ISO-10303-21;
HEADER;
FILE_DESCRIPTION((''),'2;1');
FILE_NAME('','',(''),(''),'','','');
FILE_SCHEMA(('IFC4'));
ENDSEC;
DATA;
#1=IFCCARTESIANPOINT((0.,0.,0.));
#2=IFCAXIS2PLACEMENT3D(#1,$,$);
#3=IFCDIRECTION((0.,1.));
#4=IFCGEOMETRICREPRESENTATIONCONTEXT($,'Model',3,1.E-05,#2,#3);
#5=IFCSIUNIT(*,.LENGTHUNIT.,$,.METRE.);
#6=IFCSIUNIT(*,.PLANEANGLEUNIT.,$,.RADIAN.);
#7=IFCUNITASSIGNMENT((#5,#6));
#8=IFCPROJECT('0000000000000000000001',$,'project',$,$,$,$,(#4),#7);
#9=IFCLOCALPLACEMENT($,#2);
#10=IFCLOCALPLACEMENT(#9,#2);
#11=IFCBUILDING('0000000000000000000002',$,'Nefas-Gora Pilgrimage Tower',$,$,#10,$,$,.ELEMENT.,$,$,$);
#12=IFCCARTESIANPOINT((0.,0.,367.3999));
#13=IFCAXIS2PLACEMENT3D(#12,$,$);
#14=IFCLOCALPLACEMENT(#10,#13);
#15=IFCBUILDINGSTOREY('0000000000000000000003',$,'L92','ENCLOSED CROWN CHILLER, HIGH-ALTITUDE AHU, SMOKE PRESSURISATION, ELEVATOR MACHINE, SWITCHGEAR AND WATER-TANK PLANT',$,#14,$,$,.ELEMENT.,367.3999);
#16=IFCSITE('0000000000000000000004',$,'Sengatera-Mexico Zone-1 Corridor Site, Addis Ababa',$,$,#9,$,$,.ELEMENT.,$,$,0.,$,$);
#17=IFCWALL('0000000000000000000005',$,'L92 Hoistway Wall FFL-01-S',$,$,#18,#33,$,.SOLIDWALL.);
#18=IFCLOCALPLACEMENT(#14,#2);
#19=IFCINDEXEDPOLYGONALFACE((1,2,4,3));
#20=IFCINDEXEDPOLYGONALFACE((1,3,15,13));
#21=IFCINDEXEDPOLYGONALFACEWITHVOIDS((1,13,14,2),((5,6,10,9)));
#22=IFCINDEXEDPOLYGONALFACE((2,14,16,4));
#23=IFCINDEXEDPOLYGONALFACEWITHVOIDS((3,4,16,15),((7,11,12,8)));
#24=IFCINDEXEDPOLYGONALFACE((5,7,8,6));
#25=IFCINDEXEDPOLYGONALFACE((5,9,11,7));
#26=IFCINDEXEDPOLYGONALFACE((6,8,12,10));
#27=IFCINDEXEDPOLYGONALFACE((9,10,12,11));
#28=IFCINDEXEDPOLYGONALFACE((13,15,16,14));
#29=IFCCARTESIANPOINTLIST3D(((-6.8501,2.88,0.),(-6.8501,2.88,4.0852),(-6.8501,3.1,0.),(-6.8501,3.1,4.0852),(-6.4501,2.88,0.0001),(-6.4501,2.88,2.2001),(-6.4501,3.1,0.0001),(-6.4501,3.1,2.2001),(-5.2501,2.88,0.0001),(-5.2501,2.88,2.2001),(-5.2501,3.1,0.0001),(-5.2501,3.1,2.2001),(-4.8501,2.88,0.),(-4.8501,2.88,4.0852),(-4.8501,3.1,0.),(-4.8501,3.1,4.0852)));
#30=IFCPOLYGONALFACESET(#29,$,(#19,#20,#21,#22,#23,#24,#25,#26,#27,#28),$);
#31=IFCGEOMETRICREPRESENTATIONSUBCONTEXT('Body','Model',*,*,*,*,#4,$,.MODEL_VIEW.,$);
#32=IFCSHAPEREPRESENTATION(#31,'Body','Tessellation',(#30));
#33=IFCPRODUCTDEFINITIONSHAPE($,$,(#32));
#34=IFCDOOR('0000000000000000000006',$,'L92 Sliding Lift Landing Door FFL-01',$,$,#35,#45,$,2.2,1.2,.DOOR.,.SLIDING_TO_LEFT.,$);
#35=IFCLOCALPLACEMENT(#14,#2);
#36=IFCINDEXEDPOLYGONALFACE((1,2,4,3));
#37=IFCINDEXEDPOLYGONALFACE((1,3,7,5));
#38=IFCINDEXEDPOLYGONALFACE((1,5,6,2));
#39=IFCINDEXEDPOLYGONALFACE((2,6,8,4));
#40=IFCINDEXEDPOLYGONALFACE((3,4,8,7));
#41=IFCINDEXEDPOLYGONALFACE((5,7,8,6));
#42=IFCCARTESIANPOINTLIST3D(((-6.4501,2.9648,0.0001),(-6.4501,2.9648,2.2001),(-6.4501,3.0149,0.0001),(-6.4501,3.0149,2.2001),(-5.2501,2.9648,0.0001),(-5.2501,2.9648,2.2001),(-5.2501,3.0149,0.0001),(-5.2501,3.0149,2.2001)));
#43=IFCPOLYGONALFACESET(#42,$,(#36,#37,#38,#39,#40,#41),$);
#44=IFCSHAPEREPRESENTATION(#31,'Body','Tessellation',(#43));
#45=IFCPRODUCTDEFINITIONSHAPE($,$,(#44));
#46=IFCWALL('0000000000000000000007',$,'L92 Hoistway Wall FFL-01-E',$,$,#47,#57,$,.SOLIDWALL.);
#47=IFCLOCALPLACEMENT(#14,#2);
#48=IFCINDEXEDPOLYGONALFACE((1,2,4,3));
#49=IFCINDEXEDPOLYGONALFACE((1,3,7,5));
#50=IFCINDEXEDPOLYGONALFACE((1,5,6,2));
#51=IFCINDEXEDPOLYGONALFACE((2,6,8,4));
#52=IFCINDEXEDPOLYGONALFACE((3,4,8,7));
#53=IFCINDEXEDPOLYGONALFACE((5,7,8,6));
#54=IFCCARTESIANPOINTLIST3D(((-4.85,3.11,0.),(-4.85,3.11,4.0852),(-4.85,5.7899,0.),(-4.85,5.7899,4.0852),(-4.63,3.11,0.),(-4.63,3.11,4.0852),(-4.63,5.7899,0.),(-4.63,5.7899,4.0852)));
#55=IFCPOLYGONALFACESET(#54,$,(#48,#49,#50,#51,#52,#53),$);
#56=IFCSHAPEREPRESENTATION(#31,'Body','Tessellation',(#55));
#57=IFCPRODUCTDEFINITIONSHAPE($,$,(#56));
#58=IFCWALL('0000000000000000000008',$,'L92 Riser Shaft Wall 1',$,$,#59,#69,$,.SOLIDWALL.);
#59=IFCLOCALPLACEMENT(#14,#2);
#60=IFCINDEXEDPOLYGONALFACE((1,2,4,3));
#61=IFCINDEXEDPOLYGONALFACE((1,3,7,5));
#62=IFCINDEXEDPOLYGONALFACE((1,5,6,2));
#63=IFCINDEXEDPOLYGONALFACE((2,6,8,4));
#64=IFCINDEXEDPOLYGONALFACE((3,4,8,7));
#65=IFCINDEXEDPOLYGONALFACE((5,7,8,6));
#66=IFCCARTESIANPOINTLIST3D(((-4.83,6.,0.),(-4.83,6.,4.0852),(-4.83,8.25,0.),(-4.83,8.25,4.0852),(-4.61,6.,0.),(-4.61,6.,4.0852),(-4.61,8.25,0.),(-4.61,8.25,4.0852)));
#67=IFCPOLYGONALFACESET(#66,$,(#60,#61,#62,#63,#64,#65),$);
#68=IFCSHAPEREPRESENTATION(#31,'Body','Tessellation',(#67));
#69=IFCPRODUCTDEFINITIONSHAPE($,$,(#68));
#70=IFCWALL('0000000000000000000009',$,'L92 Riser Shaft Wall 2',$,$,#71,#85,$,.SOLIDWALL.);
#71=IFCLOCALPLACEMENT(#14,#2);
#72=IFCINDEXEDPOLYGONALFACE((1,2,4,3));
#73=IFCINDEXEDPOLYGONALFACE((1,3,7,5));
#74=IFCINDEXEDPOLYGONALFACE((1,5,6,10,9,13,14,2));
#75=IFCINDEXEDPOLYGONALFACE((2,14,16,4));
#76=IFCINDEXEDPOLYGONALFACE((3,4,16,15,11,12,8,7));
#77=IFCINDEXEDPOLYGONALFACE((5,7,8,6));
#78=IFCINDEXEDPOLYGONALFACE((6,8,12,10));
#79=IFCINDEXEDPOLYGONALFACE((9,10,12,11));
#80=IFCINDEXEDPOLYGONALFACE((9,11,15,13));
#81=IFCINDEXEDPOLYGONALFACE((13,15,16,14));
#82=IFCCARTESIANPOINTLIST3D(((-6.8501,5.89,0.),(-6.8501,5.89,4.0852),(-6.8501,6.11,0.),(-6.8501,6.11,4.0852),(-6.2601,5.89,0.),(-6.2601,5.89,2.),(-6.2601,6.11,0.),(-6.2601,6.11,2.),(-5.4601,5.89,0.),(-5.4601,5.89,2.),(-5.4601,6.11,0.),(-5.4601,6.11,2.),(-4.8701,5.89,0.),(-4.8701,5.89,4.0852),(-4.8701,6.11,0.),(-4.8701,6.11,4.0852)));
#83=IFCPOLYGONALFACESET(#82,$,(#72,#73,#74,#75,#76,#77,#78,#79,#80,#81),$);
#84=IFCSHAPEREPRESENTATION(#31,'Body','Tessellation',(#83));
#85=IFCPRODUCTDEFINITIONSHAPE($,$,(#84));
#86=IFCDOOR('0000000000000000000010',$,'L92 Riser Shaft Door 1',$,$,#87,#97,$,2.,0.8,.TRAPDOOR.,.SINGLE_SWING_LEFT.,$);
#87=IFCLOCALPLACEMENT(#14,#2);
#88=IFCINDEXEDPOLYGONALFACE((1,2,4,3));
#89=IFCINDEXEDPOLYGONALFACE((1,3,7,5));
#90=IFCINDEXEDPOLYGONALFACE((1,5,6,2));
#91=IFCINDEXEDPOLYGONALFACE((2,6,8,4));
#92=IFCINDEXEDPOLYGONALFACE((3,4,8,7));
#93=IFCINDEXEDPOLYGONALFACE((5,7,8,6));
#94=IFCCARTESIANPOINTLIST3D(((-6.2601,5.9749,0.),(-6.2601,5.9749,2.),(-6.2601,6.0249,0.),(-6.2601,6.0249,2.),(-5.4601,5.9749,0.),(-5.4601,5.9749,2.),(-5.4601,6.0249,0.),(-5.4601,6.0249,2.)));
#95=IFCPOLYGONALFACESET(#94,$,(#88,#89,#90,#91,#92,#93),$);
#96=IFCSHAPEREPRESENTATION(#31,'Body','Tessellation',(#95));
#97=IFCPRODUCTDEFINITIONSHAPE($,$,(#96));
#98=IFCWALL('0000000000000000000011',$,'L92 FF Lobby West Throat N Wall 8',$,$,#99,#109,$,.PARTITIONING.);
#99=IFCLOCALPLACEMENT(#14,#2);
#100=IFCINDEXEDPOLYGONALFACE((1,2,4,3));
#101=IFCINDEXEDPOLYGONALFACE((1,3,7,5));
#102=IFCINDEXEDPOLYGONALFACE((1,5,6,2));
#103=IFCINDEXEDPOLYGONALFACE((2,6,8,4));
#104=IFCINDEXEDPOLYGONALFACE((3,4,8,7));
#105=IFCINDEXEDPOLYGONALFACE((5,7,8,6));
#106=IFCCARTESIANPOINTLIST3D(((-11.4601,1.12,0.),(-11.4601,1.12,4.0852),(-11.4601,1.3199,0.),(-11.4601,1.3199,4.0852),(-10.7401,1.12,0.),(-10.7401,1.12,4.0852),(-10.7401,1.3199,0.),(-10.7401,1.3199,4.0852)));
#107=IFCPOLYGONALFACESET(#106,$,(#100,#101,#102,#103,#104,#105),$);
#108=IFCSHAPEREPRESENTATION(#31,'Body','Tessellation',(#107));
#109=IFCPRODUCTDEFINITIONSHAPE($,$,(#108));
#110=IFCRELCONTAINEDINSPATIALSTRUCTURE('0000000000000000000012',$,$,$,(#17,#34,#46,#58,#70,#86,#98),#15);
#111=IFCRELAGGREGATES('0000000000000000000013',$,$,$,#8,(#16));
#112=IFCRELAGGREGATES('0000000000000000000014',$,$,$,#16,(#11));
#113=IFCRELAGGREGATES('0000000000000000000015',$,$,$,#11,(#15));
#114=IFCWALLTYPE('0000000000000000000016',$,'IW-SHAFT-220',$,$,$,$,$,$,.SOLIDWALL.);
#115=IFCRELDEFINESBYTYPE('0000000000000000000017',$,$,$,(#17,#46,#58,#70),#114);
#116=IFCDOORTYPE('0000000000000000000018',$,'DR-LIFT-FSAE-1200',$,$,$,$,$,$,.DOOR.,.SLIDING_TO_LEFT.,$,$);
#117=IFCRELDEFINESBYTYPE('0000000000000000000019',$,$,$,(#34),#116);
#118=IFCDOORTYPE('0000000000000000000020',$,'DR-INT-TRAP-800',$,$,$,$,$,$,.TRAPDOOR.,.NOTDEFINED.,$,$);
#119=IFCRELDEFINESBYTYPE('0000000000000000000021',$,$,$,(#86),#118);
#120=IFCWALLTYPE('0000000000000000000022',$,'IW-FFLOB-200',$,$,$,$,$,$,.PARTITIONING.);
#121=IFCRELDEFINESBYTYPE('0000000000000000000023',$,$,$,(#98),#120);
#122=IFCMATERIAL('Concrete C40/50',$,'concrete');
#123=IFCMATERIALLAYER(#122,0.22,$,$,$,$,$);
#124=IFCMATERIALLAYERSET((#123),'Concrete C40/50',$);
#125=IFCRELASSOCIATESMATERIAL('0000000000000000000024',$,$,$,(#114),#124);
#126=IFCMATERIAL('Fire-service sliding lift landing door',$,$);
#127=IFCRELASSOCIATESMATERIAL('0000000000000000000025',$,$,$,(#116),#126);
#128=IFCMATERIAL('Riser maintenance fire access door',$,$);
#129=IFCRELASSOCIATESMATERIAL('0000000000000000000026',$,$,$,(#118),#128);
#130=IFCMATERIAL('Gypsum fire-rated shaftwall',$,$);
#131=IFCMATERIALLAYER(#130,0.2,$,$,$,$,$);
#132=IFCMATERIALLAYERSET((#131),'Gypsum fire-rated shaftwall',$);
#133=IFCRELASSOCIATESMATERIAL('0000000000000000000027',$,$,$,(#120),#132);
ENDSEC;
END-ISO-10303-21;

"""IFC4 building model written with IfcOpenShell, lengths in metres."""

from ifc_helpers import new_model, si_unit, direction, frame, frame_2d, origin, place, context, subcontext, project, spatial, rectangle, extrude, source, transform, mapped, material, layer, layer_set, type_object, element, fill, save


model = new_model("IFC4")

# Units and contexts
model_context = context("Model", 3, precision=1e-05, world=origin(), true_north=direction((0.0, 1.0)))
body_context = subcontext(model_context, "Body", "Model", "MODEL_VIEW")
ifc_project = project(units=[si_unit("LENGTHUNIT", "METRE"), si_unit("PLANEANGLEUNIT", "RADIAN")], contexts=[model_context])

# Site, building, storey
site_placement = place(None, origin())
site = spatial("IfcSite", under=ifc_project, at=site_placement, Name="Sengatera-Mexico Zone-1 Corridor Site, Addis Ababa", CompositionType="ELEMENT", RefElevation=0.0)
building_placement = place(site_placement, origin())
building = spatial("IfcBuilding", under=site, at=building_placement, Name="Nefas-Gora Pilgrimage Tower", CompositionType="ELEMENT")
storey_placement = place(building_placement, frame((0.0, 0.0, 367.3999)))
storey = spatial("IfcBuildingStorey", under=building, at=storey_placement, Name="L92", Description="ENCLOSED CROWN CHILLER, HIGH-ALTITUDE AHU, SMOKE PRESSURISATION, ELEVATOR MACHINE, SWITCHGEAR AND WATER-TANK PLANT", CompositionType="ELEMENT", Elevation=367.3999)

# Wall, opening, door
ifc_material_1 = material(Name="Concrete C40/50", Category="concrete")
ifc_layer_1 = layer(ifc_material_1, 0.22)
ifc_layer_set_1 = layer_set([ifc_layer_1], Name="Concrete C40/50")
wall_type_1 = type_object("IfcWallType", Name="IW-SHAFT-220", PredefinedType="SOLIDWALL", material=ifc_layer_set_1)
shared_shape_1 = source(origin(), body_context, "Body", "SweptSolid", [
    extrude(rectangle(XDim=2.0, YDim=0.22, at=frame_2d((1.0, 0.0))), origin(), (0.0, 0.0, 1.0), 4.0852),
])
wall_1_placement = place(storey_placement, frame((-6.8501, 2.99, 0.0), z_axis=(0.0, 0.0, 1.0), x_axis=(1.0, 0.0, 0.0)))
wall_1 = element("IfcWall", 1, at=wall_1_placement, inside=storey, type_object=wall_type_1, Name="L92 Hoistway Wall FFL-01-S", PredefinedType="SOLIDWALL", context=body_context, shape_type="MappedRepresentation", body=[
    mapped(shared_shape_1, transform((0.0, 0.0, 0.0), x_axis=(1.0, 0.0, 0.0), y_axis=(0.0, 1.0, 0.0), z_axis=(0.0, 0.0, 1.0), scale=1.0)),
])
opening_1_placement = place(wall_1_placement, frame((0.3999, 0.0, 0.0)))
opening_1 = element("IfcOpeningElement", 2, at=opening_1_placement, cuts=wall_1, PredefinedType="OPENING", context=body_context, shape_type="SweptSolid", body=[
    extrude(rectangle(XDim=1.2, YDim=2.2, at=frame_2d((0.6001, 1.1001))), frame((0.0, 0.1199, 0.0), z_axis=(0.0, -1.0, 0.0), x_axis=(1.0, 0.0, 0.0)), (0.0, 0.0, 1.0), 0.24),
])
ifc_material_2 = material(Name="Fire-service sliding lift landing door")
door_type_1 = type_object("IfcDoorType", Name="DR-LIFT-FSAE-1200", OperationType="SLIDING_TO_LEFT", PredefinedType="DOOR", material=ifc_material_2)
shared_shape_2 = source(origin(), body_context, "Body", "SweptSolid", [
    extrude(rectangle(XDim=1.2, YDim=2.2, at=frame_2d((0.6001, 1.1001))), frame((0.0, 0.0249, 0.0), z_axis=(0.0, -1.0, 0.0), x_axis=(1.0, 0.0, 0.0)), (0.0, 0.0, 1.0), 0.05),
])
door_1_placement = place(opening_1_placement, origin())
door_1 = element("IfcDoor", 3, at=door_1_placement, inside=storey, type_object=door_type_1, Name="L92 Sliding Lift Landing Door FFL-01", OperationType="SLIDING_TO_LEFT", OverallHeight=2.2, OverallWidth=1.2, PredefinedType="DOOR", context=body_context, shape_type="MappedRepresentation", body=[
    mapped(shared_shape_2, transform((0.0, 0.0, 0.0), x_axis=(1.0, 0.0, 0.0), y_axis=(0.0, 1.0, 0.0), z_axis=(0.0, 0.0, 1.0), scale=1.0)),
])
fill(opening_1, door_1)

# Walls
shared_shape_3 = source(origin(), body_context, "Body", "SweptSolid", [
    extrude(rectangle(XDim=2.6799, YDim=0.22, at=frame_2d((1.3398, 0.0))), origin(), (0.0, 0.0, 1.0), 4.0852),
])
wall_2_placement = place(storey_placement, frame((-4.74, 3.1101, 0.0), z_axis=(0.0, 0.0, 1.0), x_axis=(0.0, 1.0, 0.0)))
element("IfcWall", 4, at=wall_2_placement, inside=storey, type_object=wall_type_1, Name="L92 Hoistway Wall FFL-01-E", PredefinedType="SOLIDWALL", context=body_context, shape_type="MappedRepresentation", body=[
    mapped(shared_shape_3, transform((0.0, 0.0, 0.0), x_axis=(1.0, 0.0, 0.0), y_axis=(0.0, 1.0, 0.0), z_axis=(0.0, 0.0, 1.0), scale=1.0)),
])
shared_shape_4 = source(origin(), body_context, "Body", "SweptSolid", [
    extrude(rectangle(XDim=2.25, YDim=0.22, at=frame_2d((1.125, 0.0))), origin(), (0.0, 0.0, 1.0), 4.0852),
])
wall_3_placement = place(storey_placement, frame((-4.72, 6.0, 0.0), z_axis=(0.0, 0.0, 1.0), x_axis=(0.0, 1.0, 0.0)))
element("IfcWall", 5, at=wall_3_placement, inside=storey, type_object=wall_type_1, Name="L92 Riser Shaft Wall 1", PredefinedType="SOLIDWALL", context=body_context, shape_type="MappedRepresentation", body=[
    mapped(shared_shape_4, transform((0.0, 0.0, 0.0), x_axis=(1.0, 0.0, 0.0), y_axis=(0.0, 1.0, 0.0), z_axis=(0.0, 0.0, 1.0), scale=1.0)),
])

# Wall, opening, door
shared_shape_5 = source(origin(), body_context, "Body", "SweptSolid", [
    extrude(rectangle(XDim=1.98, YDim=0.22, at=frame_2d((0.99, 0.0))), origin(), (0.0, 0.0, 1.0), 4.0852),
])
wall_4_placement = place(storey_placement, frame((-6.8501, 6.0, 0.0), z_axis=(0.0, 0.0, 1.0), x_axis=(1.0, 0.0, 0.0)))
wall_4 = element("IfcWall", 6, at=wall_4_placement, inside=storey, type_object=wall_type_1, Name="L92 Riser Shaft Wall 2", PredefinedType="SOLIDWALL", context=body_context, shape_type="MappedRepresentation", body=[
    mapped(shared_shape_5, transform((0.0, 0.0, 0.0), x_axis=(1.0, 0.0, 0.0), y_axis=(0.0, 1.0, 0.0), z_axis=(0.0, 0.0, 1.0), scale=1.0)),
])
opening_2_placement = place(wall_4_placement, frame((0.5901, 0.0, 0.0)))
opening_2 = element("IfcOpeningElement", 7, at=opening_2_placement, cuts=wall_4, PredefinedType="OPENING", context=body_context, shape_type="SweptSolid", body=[
    extrude(rectangle(XDim=0.8, YDim=2.0, at=frame_2d((0.3999, 1.0))), frame((0.0, 0.1199, 0.0), z_axis=(0.0, -1.0, 0.0), x_axis=(1.0, 0.0, 0.0)), (0.0, 0.0, 1.0), 0.24),
])
ifc_material_3 = material(Name="Riser maintenance fire access door")
door_type_2 = type_object("IfcDoorType", Name="DR-INT-TRAP-800", OperationType="NOTDEFINED", PredefinedType="TRAPDOOR", material=ifc_material_3)
shared_shape_6 = source(origin(), body_context, "Body", "SweptSolid", [
    extrude(rectangle(XDim=0.8, YDim=2.0, at=frame_2d((0.3999, 1.0))), frame((0.0, 0.0249, 0.0), z_axis=(0.0, -1.0, 0.0), x_axis=(1.0, 0.0, 0.0)), (0.0, 0.0, 1.0), 0.05),
])
door_2_placement = place(opening_2_placement, origin())
door_2 = element("IfcDoor", 8, at=door_2_placement, inside=storey, type_object=door_type_2, Name="L92 Riser Shaft Door 1", OperationType="SINGLE_SWING_LEFT", OverallHeight=2.0, OverallWidth=0.8, PredefinedType="TRAPDOOR", context=body_context, shape_type="MappedRepresentation", body=[
    mapped(shared_shape_6, transform((0.0, 0.0, 0.0), x_axis=(1.0, 0.0, 0.0), y_axis=(0.0, 1.0, 0.0), z_axis=(0.0, 0.0, 1.0), scale=1.0)),
])
fill(opening_2, door_2)

# Wall
ifc_material_4 = material(Name="Gypsum fire-rated shaftwall")
ifc_layer_2 = layer(ifc_material_4, 0.2)
ifc_layer_set_2 = layer_set([ifc_layer_2], Name="Gypsum fire-rated shaftwall")
wall_type_2 = type_object("IfcWallType", Name="IW-FFLOB-200", PredefinedType="PARTITIONING", material=ifc_layer_set_2)
shared_shape_7 = source(origin(), body_context, "Body", "SweptSolid", [
    extrude(rectangle(XDim=0.72, YDim=0.2, at=frame_2d((0.3599, 0.0))), origin(), (0.0, 0.0, 1.0), 4.0852),
])
wall_5_placement = place(storey_placement, frame((-11.46, 1.22, 0.0), z_axis=(0.0, 0.0, 1.0), x_axis=(1.0, 0.0, 0.0)))
element("IfcWall", 9, at=wall_5_placement, inside=storey, type_object=wall_type_2, Name="L92 FF Lobby West Throat N Wall 8", PredefinedType="PARTITIONING", context=body_context, shape_type="MappedRepresentation", body=[
    mapped(shared_shape_7, transform((0.0, 0.0, 0.0), x_axis=(1.0, 0.0, 0.0), y_axis=(0.0, 1.0, 0.0), z_axis=(0.0, 0.0, 1.0), scale=1.0)),
])

save(model, "model.ifc")
